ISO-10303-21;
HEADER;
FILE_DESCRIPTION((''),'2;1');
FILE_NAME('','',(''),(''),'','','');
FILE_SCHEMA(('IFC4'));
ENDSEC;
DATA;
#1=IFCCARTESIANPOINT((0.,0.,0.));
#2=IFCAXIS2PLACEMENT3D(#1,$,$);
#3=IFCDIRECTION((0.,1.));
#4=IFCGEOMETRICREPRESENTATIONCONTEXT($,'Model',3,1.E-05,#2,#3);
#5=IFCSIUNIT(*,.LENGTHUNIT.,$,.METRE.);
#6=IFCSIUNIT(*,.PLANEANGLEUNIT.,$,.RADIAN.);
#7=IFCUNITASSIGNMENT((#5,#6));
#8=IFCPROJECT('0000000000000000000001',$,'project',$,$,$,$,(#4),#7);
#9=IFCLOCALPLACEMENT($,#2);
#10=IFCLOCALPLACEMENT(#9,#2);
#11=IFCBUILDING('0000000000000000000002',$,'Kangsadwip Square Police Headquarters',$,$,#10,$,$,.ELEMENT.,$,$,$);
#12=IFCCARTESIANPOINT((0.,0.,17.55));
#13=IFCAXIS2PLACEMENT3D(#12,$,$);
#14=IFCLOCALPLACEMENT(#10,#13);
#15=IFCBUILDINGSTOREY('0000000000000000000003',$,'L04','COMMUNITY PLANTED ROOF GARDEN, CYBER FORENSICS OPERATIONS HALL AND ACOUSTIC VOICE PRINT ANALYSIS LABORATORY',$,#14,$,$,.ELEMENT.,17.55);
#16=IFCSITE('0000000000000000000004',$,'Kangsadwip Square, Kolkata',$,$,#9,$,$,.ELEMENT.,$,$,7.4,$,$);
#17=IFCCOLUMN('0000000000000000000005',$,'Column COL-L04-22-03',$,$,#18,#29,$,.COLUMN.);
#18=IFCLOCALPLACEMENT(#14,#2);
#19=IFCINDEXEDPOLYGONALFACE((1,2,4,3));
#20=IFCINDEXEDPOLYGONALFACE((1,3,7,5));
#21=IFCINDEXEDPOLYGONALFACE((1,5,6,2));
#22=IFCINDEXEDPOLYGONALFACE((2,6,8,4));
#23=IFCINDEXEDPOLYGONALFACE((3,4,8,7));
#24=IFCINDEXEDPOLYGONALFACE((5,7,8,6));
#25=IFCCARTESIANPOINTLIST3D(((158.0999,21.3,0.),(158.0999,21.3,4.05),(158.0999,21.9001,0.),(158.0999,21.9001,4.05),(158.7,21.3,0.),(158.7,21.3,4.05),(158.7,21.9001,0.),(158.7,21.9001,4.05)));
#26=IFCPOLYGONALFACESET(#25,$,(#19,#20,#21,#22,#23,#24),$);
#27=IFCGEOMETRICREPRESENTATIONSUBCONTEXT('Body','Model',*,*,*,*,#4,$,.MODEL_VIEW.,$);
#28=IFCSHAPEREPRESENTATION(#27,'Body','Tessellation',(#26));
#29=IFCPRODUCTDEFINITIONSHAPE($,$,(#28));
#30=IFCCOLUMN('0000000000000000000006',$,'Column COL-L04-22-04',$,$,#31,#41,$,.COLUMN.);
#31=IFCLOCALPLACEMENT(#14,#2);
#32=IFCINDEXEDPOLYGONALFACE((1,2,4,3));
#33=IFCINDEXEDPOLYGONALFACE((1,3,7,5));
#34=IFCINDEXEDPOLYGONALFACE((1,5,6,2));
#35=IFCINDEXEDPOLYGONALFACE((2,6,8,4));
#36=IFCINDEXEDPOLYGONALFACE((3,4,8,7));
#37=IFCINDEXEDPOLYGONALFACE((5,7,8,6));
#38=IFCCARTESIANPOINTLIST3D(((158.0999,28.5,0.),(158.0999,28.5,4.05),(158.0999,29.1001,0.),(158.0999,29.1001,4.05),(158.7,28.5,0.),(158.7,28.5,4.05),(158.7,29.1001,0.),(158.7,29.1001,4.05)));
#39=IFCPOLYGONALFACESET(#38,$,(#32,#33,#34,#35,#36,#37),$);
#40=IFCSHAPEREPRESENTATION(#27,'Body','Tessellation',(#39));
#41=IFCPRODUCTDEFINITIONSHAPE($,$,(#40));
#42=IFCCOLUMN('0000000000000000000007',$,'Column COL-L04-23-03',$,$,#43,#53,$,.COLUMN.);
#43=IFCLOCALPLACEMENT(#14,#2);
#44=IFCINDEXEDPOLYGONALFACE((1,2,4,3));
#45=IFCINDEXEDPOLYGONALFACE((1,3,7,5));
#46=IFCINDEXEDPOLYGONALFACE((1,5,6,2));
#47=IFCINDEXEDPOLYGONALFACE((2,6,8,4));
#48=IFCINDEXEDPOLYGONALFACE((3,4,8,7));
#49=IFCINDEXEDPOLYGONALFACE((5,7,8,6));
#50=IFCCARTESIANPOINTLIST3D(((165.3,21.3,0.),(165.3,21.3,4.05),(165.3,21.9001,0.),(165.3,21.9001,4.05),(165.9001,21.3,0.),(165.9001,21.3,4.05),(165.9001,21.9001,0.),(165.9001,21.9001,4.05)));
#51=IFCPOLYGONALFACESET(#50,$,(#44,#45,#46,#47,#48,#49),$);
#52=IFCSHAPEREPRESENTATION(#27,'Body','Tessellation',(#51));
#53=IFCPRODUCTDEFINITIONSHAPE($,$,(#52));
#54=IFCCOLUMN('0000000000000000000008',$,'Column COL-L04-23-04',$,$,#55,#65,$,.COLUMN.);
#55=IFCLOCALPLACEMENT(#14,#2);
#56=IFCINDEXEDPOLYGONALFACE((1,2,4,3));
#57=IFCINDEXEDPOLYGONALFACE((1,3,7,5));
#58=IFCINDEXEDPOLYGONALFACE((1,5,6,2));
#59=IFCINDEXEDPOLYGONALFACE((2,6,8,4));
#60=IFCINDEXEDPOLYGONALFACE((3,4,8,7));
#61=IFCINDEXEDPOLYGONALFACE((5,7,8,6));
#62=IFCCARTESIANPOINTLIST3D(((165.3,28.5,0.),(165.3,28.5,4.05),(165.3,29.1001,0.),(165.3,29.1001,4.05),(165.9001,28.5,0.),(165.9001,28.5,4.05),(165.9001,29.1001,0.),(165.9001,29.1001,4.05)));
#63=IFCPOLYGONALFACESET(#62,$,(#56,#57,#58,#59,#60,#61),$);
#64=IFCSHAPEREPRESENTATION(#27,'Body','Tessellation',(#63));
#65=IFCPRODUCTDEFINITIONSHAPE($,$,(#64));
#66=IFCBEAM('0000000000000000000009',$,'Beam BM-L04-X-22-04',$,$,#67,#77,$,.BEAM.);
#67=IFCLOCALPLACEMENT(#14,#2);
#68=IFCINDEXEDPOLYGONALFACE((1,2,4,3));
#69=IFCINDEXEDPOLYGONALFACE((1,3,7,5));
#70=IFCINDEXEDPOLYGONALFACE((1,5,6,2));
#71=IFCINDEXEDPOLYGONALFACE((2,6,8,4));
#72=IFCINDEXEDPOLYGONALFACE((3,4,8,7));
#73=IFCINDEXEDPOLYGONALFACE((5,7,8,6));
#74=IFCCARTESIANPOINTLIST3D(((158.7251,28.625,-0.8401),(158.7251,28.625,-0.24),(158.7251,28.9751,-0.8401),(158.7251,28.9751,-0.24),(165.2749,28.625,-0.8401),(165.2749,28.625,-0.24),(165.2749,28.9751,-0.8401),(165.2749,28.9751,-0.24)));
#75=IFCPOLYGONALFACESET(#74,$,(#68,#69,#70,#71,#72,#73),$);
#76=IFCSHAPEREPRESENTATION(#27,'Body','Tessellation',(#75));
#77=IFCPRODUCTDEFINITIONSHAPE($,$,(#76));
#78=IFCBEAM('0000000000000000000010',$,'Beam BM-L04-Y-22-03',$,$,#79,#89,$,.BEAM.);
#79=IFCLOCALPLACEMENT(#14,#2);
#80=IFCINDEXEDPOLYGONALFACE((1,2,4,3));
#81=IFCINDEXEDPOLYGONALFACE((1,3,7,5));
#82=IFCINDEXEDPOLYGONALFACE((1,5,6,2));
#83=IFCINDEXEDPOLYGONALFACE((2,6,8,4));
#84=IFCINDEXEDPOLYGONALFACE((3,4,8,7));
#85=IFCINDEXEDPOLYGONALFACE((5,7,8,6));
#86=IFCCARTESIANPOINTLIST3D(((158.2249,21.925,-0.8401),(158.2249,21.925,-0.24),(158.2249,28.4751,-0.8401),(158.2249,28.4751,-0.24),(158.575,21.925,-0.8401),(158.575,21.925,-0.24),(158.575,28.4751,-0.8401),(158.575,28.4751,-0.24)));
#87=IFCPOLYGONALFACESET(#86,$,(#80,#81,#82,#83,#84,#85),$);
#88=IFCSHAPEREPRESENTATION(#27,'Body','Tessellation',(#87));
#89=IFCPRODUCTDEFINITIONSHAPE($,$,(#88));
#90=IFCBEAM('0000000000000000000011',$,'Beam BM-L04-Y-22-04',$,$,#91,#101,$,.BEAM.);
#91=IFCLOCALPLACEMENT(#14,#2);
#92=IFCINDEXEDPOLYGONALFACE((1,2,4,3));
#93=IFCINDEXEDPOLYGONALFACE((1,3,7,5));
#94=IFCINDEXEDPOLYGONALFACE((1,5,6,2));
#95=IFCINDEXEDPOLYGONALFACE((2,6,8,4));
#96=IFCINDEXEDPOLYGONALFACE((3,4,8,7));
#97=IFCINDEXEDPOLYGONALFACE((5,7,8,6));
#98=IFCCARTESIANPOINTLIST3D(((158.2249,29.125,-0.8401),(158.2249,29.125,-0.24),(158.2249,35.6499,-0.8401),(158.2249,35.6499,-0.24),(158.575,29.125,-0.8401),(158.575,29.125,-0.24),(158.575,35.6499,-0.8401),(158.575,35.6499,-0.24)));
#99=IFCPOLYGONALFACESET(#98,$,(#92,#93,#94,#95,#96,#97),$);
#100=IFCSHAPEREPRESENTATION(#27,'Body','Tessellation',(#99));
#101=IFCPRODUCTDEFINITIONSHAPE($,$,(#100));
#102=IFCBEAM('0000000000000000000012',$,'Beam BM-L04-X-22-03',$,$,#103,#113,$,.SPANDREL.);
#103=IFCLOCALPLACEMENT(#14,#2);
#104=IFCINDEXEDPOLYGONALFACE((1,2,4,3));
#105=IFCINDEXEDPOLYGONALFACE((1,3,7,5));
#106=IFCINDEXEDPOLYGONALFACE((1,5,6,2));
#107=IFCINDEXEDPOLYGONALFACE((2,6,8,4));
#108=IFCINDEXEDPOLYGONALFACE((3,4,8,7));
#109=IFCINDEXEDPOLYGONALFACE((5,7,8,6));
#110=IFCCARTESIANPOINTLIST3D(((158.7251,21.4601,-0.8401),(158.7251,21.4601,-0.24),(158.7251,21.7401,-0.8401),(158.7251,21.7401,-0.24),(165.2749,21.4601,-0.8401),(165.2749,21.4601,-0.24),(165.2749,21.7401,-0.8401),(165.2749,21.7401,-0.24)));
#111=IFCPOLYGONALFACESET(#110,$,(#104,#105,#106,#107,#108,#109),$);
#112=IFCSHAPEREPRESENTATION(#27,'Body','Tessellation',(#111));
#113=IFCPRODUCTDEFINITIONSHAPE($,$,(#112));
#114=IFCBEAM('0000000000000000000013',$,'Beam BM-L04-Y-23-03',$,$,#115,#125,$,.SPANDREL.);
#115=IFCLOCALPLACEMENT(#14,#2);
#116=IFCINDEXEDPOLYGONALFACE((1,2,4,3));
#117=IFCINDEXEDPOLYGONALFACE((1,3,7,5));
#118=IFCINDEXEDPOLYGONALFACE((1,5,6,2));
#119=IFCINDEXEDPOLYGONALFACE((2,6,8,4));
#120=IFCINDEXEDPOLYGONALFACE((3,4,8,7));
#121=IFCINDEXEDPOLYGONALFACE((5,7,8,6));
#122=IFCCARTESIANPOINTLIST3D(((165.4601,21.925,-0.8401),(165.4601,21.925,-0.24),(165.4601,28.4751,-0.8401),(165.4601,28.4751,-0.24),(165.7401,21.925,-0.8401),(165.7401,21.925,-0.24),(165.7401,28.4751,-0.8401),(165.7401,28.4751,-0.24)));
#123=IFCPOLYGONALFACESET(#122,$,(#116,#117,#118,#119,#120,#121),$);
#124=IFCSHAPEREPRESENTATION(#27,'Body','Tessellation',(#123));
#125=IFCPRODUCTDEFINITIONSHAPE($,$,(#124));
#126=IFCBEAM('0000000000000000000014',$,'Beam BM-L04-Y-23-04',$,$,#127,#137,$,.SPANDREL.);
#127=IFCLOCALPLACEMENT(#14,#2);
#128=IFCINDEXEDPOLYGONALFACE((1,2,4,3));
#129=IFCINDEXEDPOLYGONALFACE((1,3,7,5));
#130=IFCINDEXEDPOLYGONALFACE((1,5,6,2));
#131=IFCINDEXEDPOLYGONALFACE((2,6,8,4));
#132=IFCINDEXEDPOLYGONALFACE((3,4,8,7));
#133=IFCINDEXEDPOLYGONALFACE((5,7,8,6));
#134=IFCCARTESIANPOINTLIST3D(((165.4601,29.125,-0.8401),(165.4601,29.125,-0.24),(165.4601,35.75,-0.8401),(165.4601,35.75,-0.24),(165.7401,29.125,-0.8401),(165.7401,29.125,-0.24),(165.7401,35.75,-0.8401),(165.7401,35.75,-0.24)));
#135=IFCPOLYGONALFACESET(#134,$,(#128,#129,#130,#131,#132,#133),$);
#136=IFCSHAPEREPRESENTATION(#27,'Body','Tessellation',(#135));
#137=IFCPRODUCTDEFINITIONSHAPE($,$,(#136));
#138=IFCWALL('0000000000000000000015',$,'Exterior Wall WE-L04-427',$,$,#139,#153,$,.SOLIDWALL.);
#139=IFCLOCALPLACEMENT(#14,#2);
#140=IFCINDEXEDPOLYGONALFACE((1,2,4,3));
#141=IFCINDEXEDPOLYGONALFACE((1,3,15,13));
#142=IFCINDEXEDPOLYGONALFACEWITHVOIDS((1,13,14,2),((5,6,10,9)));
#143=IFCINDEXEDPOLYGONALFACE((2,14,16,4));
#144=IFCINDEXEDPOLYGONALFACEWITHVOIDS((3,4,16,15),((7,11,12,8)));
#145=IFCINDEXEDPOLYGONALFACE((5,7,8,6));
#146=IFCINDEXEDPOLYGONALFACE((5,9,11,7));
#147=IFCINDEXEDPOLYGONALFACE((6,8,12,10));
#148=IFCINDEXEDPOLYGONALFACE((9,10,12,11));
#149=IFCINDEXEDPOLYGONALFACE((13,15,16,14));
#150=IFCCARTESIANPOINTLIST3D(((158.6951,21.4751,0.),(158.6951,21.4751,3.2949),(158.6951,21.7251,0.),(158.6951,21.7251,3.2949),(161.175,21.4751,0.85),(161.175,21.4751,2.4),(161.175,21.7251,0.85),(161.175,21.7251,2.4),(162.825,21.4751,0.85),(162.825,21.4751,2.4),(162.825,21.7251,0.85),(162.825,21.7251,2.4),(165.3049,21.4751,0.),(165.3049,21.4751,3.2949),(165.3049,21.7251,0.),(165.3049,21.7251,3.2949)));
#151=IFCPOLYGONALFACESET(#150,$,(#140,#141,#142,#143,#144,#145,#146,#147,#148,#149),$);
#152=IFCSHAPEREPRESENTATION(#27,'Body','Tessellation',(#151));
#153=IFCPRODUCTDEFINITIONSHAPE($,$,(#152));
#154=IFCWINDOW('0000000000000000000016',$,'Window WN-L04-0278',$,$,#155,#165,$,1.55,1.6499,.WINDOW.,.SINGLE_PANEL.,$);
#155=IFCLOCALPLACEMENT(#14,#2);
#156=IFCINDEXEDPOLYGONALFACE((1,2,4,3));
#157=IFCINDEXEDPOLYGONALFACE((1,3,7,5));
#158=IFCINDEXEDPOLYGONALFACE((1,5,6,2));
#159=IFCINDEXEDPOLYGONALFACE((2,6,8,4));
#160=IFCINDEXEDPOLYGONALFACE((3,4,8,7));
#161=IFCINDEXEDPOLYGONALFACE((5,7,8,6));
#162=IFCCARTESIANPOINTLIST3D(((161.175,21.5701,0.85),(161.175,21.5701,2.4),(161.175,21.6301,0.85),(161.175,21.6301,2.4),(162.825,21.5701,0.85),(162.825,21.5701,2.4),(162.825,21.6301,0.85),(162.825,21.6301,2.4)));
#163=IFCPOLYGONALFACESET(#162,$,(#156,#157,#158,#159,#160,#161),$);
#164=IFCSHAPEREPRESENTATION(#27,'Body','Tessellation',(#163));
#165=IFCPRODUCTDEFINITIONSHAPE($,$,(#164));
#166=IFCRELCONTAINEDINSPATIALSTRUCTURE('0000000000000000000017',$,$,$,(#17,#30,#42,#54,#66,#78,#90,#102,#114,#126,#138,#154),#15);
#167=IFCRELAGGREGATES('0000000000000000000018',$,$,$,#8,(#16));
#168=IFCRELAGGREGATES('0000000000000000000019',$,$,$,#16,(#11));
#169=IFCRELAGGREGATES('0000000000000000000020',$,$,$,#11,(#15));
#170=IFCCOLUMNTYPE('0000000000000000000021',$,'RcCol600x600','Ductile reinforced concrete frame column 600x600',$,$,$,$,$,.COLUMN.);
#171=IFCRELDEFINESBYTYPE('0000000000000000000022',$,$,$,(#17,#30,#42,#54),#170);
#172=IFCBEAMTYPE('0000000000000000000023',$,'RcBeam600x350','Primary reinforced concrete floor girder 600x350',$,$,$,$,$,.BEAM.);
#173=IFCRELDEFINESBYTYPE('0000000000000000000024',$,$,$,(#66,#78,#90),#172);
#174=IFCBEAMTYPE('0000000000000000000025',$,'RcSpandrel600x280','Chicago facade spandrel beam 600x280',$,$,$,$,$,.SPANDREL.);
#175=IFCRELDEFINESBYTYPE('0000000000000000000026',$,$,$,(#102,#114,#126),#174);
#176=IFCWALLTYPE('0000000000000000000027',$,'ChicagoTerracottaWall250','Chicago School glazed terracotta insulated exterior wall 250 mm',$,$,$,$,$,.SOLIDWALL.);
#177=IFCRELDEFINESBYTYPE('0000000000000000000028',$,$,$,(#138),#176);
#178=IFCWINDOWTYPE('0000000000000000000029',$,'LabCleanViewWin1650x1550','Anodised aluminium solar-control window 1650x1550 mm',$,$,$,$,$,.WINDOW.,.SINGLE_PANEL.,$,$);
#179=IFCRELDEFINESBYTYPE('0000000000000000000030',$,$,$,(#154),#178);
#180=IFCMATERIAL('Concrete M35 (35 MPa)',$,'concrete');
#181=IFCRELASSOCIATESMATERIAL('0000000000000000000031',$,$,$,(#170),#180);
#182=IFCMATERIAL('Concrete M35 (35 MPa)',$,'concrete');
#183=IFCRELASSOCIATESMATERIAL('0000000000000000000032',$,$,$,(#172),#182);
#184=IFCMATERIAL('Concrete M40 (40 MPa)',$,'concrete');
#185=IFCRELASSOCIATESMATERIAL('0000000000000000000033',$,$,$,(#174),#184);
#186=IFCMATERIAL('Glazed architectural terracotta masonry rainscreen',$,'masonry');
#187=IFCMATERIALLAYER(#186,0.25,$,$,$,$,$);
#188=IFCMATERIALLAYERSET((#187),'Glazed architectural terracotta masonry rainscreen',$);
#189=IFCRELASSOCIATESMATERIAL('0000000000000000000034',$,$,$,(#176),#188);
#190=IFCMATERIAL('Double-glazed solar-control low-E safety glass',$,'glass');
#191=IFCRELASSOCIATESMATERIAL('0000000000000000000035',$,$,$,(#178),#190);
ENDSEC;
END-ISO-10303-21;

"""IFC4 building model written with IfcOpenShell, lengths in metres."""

from ifc_helpers import new_model, si_unit, direction, frame, frame_2d, origin, origin_2d, place, context, subcontext, project, spatial, rectangle, extrude, material, layer, layer_set, material_profile, profile_set, type_object, element, fill, save


model = new_model("IFC4")

# Units and contexts
model_context = context("Model", 3, precision=1e-05, world=origin(), true_north=direction((0.0, 1.0)))
body_context = subcontext(model_context, "Body", "Model", "MODEL_VIEW")
ifc_project = project(units=[si_unit("LENGTHUNIT", "METRE"), si_unit("PLANEANGLEUNIT", "RADIAN")], contexts=[model_context])

# Site, building, storey
site_placement = place(None, origin())
site = spatial("IfcSite", under=ifc_project, at=site_placement, Name="Kangsadwip Square, Kolkata", CompositionType="ELEMENT", RefElevation=7.4)
building_placement = place(site_placement, origin())
building = spatial("IfcBuilding", under=site, at=building_placement, Name="Kangsadwip Square Police Headquarters", CompositionType="ELEMENT")
storey_placement = place(building_placement, frame((0.0, 0.0, 17.55)))
storey = spatial("IfcBuildingStorey", under=building, at=storey_placement, Name="L04", Description="COMMUNITY PLANTED ROOF GARDEN, CYBER FORENSICS OPERATIONS HALL AND ACOUSTIC VOICE PRINT ANALYSIS LABORATORY", CompositionType="ELEMENT", Elevation=17.55)

# Columns
ifc_material_1 = material(Name="Concrete M35 (35 MPa)", Category="concrete")
ifc_material_profile_1 = material_profile(ifc_material_1, rectangle(XDim=0.6001, YDim=0.6001, at=origin_2d()), Name="RC COL 600X600")
ifc_profile_set_1 = profile_set([ifc_material_profile_1], Name="Concrete M35 (35 MPa)")
column_type = type_object("IfcColumnType", Name="RcCol600x600", Description="Ductile reinforced concrete frame column 600x600", PredefinedType="COLUMN", material=ifc_profile_set_1)
for number, where, z_axis, x_axis, name in (
    (1, (158.3999, 21.6001, 0.0), (0.0, 0.0, 1.0), (1.0, 0.0, 0.0), "Column COL-L04-22-03"),
    (2, (158.3999, 28.8, 0.0), (0.0, 0.0, 1.0), (1.0, 0.0, 0.0), "Column COL-L04-22-04"),
    (3, (165.6001, 21.6001, 0.0), (0.0, 0.0, 1.0), (1.0, 0.0, 0.0), "Column COL-L04-23-03"),
    (4, (165.6001, 28.8, 0.0), (0.0, 0.0, 1.0), (1.0, 0.0, 0.0), "Column COL-L04-23-04"),
):
    element("IfcColumn", number, at=place(storey_placement, frame(where, z_axis=z_axis, x_axis=x_axis)), inside=storey, type_object=column_type, Name=name, PredefinedType="COLUMN", context=body_context, shape_type="SweptSolid", body=[
        extrude(rectangle(XDim=0.6001, YDim=0.6001, at=origin_2d()), origin(), (0.0, 0.0, 1.0), 4.05),
    ])

# Beams
ifc_material_2 = material(Name="Concrete M35 (35 MPa)", Category="concrete")
ifc_material_profile_2 = material_profile(ifc_material_2, rectangle(XDim=0.3501, YDim=0.6001, at=origin_2d()), Name="RC BM 600X350")
ifc_profile_set_2 = profile_set([ifc_material_profile_2], Name="Concrete M35 (35 MPa)")
beam_type_1 = type_object("IfcBeamType", Name="RcBeam600x350", Description="Primary reinforced concrete floor girder 600x350", PredefinedType="BEAM", material=ifc_profile_set_2)
beam_1_placement = place(storey_placement, frame((158.7251, 28.8, -0.54), z_axis=(1.0, 0.0, 0.0), x_axis=(0.0, 1.0, 0.0)))
element("IfcBeam", 5, at=beam_1_placement, inside=storey, type_object=beam_type_1, Name="Beam BM-L04-X-22-04", PredefinedType="BEAM", context=body_context, shape_type="SweptSolid", body=[
    extrude(rectangle(XDim=0.3501, YDim=0.6001, at=origin_2d()), origin(), (0.0, 0.0, 1.0), 6.5498),
])
beam_2_placement = place(storey_placement, frame((158.3999, 21.925, -0.54), z_axis=(0.0, 1.0, 0.0), x_axis=(-1.0, 0.0, 0.0)))
element("IfcBeam", 6, at=beam_2_placement, inside=storey, type_object=beam_type_1, Name="Beam BM-L04-Y-22-03", PredefinedType="BEAM", context=body_context, shape_type="SweptSolid", body=[
    extrude(rectangle(XDim=0.3501, YDim=0.6001, at=origin_2d()), origin(), (0.0, 0.0, 1.0), 6.55),
])
beam_3_placement = place(storey_placement, frame((158.3999, 29.125, -0.54), z_axis=(0.0, 1.0, 0.0), x_axis=(-1.0, 0.0, 0.0)))
element("IfcBeam", 7, at=beam_3_placement, inside=storey, type_object=beam_type_1, Name="Beam BM-L04-Y-22-04", PredefinedType="BEAM", context=body_context, shape_type="SweptSolid", body=[
    extrude(rectangle(XDim=0.3501, YDim=0.6001, at=origin_2d()), origin(), (0.0, 0.0, 1.0), 6.5249),
])
ifc_material_3 = material(Name="Concrete M40 (40 MPa)", Category="concrete")
ifc_material_profile_3 = material_profile(ifc_material_3, rectangle(XDim=0.28, YDim=0.6001, at=origin_2d()), Name="RC SPN 600X280")
ifc_profile_set_3 = profile_set([ifc_material_profile_3], Name="Concrete M40 (40 MPa)")
beam_type_2 = type_object("IfcBeamType", Name="RcSpandrel600x280", Description="Chicago facade spandrel beam 600x280", PredefinedType="SPANDREL", material=ifc_profile_set_3)
beam_4_placement = place(storey_placement, frame((158.7251, 21.6001, -0.54), z_axis=(1.0, 0.0, 0.0), x_axis=(0.0, 1.0, 0.0)))
element("IfcBeam", 8, at=beam_4_placement, inside=storey, type_object=beam_type_2, Name="Beam BM-L04-X-22-03", PredefinedType="SPANDREL", context=body_context, shape_type="SweptSolid", body=[
    extrude(rectangle(XDim=0.28, YDim=0.6001, at=origin_2d()), origin(), (0.0, 0.0, 1.0), 6.5498),
])
beam_5_placement = place(storey_placement, frame((165.6001, 21.925, -0.54), z_axis=(0.0, 1.0, 0.0), x_axis=(-1.0, 0.0, 0.0)))
element("IfcBeam", 9, at=beam_5_placement, inside=storey, type_object=beam_type_2, Name="Beam BM-L04-Y-23-03", PredefinedType="SPANDREL", context=body_context, shape_type="SweptSolid", body=[
    extrude(rectangle(XDim=0.28, YDim=0.6001, at=origin_2d()), origin(), (0.0, 0.0, 1.0), 6.55),
])
beam_6_placement = place(storey_placement, frame((165.6001, 29.125, -0.54), z_axis=(0.0, 1.0, 0.0), x_axis=(-1.0, 0.0, 0.0)))
element("IfcBeam", 10, at=beam_6_placement, inside=storey, type_object=beam_type_2, Name="Beam BM-L04-Y-23-04", PredefinedType="SPANDREL", context=body_context, shape_type="SweptSolid", body=[
    extrude(rectangle(XDim=0.28, YDim=0.6001, at=origin_2d()), origin(), (0.0, 0.0, 1.0), 6.625),
])

# Wall, opening, window
ifc_material_4 = material(Name="Glazed architectural terracotta masonry rainscreen", Category="masonry")
ifc_layer = layer(ifc_material_4, 0.25)
ifc_layer_set = layer_set([ifc_layer], Name="Glazed architectural terracotta masonry rainscreen")
wall_type = type_object("IfcWallType", Name="ChicagoTerracottaWall250", Description="Chicago School glazed terracotta insulated exterior wall 250 mm", PredefinedType="SOLIDWALL", material=ifc_layer_set)
wall_1_placement = place(storey_placement, frame((158.6951, 21.6001, 0.0), z_axis=(0.0, 0.0, 1.0), x_axis=(1.0, 0.0, 0.0)))
wall_1 = element("IfcWall", 11, at=wall_1_placement, inside=storey, type_object=wall_type, Name="Exterior Wall WE-L04-427", PredefinedType="SOLIDWALL", context=body_context, shape_type="SweptSolid", body=[
    extrude(rectangle(XDim=6.6099, YDim=0.25, at=frame_2d((3.3049, 0.0))), origin(), (0.0, 0.0, 1.0), 3.2949),
])
opening_1_placement = place(wall_1_placement, frame((2.48, 0.0, 0.8501)))
opening_1 = element("IfcOpeningElement", 12, at=opening_1_placement, cuts=wall_1, PredefinedType="OPENING", context=body_context, shape_type="SweptSolid", body=[
    extrude(rectangle(XDim=1.6499, YDim=1.55, at=frame_2d((0.825, 0.7749))), frame((0.0, 0.135, 0.0), z_axis=(0.0, -1.0, 0.0), x_axis=(1.0, 0.0, 0.0)), (0.0, 0.0, 1.0), 0.27),
])
ifc_material_5 = material(Name="Double-glazed solar-control low-E safety glass", Category="glass")
window_type_1 = type_object("IfcWindowType", Name="LabCleanViewWin1650x1550", Description="Anodised aluminium solar-control window 1650x1550 mm", PartitioningType="SINGLE_PANEL", PredefinedType="WINDOW", material=ifc_material_5)
window_1_placement = place(opening_1_placement, origin())
window_1 = element("IfcWindow", 13, at=window_1_placement, inside=storey, type_object=window_type_1, Name="Window WN-L04-0278", OverallHeight=1.55, OverallWidth=1.6499, PartitioningType="SINGLE_PANEL", PredefinedType="WINDOW", context=body_context, shape_type="SweptSolid", body=[
    extrude(rectangle(XDim=1.6499, YDim=1.55, at=frame_2d((0.825, 0.7749))), frame((0.0, 0.03, 0.0), z_axis=(0.0, -1.0, 0.0), x_axis=(1.0, 0.0, 0.0)), (0.0, 0.0, 1.0), 0.0601),
])
fill(opening_1, window_1)

save(model, "model.ifc")
